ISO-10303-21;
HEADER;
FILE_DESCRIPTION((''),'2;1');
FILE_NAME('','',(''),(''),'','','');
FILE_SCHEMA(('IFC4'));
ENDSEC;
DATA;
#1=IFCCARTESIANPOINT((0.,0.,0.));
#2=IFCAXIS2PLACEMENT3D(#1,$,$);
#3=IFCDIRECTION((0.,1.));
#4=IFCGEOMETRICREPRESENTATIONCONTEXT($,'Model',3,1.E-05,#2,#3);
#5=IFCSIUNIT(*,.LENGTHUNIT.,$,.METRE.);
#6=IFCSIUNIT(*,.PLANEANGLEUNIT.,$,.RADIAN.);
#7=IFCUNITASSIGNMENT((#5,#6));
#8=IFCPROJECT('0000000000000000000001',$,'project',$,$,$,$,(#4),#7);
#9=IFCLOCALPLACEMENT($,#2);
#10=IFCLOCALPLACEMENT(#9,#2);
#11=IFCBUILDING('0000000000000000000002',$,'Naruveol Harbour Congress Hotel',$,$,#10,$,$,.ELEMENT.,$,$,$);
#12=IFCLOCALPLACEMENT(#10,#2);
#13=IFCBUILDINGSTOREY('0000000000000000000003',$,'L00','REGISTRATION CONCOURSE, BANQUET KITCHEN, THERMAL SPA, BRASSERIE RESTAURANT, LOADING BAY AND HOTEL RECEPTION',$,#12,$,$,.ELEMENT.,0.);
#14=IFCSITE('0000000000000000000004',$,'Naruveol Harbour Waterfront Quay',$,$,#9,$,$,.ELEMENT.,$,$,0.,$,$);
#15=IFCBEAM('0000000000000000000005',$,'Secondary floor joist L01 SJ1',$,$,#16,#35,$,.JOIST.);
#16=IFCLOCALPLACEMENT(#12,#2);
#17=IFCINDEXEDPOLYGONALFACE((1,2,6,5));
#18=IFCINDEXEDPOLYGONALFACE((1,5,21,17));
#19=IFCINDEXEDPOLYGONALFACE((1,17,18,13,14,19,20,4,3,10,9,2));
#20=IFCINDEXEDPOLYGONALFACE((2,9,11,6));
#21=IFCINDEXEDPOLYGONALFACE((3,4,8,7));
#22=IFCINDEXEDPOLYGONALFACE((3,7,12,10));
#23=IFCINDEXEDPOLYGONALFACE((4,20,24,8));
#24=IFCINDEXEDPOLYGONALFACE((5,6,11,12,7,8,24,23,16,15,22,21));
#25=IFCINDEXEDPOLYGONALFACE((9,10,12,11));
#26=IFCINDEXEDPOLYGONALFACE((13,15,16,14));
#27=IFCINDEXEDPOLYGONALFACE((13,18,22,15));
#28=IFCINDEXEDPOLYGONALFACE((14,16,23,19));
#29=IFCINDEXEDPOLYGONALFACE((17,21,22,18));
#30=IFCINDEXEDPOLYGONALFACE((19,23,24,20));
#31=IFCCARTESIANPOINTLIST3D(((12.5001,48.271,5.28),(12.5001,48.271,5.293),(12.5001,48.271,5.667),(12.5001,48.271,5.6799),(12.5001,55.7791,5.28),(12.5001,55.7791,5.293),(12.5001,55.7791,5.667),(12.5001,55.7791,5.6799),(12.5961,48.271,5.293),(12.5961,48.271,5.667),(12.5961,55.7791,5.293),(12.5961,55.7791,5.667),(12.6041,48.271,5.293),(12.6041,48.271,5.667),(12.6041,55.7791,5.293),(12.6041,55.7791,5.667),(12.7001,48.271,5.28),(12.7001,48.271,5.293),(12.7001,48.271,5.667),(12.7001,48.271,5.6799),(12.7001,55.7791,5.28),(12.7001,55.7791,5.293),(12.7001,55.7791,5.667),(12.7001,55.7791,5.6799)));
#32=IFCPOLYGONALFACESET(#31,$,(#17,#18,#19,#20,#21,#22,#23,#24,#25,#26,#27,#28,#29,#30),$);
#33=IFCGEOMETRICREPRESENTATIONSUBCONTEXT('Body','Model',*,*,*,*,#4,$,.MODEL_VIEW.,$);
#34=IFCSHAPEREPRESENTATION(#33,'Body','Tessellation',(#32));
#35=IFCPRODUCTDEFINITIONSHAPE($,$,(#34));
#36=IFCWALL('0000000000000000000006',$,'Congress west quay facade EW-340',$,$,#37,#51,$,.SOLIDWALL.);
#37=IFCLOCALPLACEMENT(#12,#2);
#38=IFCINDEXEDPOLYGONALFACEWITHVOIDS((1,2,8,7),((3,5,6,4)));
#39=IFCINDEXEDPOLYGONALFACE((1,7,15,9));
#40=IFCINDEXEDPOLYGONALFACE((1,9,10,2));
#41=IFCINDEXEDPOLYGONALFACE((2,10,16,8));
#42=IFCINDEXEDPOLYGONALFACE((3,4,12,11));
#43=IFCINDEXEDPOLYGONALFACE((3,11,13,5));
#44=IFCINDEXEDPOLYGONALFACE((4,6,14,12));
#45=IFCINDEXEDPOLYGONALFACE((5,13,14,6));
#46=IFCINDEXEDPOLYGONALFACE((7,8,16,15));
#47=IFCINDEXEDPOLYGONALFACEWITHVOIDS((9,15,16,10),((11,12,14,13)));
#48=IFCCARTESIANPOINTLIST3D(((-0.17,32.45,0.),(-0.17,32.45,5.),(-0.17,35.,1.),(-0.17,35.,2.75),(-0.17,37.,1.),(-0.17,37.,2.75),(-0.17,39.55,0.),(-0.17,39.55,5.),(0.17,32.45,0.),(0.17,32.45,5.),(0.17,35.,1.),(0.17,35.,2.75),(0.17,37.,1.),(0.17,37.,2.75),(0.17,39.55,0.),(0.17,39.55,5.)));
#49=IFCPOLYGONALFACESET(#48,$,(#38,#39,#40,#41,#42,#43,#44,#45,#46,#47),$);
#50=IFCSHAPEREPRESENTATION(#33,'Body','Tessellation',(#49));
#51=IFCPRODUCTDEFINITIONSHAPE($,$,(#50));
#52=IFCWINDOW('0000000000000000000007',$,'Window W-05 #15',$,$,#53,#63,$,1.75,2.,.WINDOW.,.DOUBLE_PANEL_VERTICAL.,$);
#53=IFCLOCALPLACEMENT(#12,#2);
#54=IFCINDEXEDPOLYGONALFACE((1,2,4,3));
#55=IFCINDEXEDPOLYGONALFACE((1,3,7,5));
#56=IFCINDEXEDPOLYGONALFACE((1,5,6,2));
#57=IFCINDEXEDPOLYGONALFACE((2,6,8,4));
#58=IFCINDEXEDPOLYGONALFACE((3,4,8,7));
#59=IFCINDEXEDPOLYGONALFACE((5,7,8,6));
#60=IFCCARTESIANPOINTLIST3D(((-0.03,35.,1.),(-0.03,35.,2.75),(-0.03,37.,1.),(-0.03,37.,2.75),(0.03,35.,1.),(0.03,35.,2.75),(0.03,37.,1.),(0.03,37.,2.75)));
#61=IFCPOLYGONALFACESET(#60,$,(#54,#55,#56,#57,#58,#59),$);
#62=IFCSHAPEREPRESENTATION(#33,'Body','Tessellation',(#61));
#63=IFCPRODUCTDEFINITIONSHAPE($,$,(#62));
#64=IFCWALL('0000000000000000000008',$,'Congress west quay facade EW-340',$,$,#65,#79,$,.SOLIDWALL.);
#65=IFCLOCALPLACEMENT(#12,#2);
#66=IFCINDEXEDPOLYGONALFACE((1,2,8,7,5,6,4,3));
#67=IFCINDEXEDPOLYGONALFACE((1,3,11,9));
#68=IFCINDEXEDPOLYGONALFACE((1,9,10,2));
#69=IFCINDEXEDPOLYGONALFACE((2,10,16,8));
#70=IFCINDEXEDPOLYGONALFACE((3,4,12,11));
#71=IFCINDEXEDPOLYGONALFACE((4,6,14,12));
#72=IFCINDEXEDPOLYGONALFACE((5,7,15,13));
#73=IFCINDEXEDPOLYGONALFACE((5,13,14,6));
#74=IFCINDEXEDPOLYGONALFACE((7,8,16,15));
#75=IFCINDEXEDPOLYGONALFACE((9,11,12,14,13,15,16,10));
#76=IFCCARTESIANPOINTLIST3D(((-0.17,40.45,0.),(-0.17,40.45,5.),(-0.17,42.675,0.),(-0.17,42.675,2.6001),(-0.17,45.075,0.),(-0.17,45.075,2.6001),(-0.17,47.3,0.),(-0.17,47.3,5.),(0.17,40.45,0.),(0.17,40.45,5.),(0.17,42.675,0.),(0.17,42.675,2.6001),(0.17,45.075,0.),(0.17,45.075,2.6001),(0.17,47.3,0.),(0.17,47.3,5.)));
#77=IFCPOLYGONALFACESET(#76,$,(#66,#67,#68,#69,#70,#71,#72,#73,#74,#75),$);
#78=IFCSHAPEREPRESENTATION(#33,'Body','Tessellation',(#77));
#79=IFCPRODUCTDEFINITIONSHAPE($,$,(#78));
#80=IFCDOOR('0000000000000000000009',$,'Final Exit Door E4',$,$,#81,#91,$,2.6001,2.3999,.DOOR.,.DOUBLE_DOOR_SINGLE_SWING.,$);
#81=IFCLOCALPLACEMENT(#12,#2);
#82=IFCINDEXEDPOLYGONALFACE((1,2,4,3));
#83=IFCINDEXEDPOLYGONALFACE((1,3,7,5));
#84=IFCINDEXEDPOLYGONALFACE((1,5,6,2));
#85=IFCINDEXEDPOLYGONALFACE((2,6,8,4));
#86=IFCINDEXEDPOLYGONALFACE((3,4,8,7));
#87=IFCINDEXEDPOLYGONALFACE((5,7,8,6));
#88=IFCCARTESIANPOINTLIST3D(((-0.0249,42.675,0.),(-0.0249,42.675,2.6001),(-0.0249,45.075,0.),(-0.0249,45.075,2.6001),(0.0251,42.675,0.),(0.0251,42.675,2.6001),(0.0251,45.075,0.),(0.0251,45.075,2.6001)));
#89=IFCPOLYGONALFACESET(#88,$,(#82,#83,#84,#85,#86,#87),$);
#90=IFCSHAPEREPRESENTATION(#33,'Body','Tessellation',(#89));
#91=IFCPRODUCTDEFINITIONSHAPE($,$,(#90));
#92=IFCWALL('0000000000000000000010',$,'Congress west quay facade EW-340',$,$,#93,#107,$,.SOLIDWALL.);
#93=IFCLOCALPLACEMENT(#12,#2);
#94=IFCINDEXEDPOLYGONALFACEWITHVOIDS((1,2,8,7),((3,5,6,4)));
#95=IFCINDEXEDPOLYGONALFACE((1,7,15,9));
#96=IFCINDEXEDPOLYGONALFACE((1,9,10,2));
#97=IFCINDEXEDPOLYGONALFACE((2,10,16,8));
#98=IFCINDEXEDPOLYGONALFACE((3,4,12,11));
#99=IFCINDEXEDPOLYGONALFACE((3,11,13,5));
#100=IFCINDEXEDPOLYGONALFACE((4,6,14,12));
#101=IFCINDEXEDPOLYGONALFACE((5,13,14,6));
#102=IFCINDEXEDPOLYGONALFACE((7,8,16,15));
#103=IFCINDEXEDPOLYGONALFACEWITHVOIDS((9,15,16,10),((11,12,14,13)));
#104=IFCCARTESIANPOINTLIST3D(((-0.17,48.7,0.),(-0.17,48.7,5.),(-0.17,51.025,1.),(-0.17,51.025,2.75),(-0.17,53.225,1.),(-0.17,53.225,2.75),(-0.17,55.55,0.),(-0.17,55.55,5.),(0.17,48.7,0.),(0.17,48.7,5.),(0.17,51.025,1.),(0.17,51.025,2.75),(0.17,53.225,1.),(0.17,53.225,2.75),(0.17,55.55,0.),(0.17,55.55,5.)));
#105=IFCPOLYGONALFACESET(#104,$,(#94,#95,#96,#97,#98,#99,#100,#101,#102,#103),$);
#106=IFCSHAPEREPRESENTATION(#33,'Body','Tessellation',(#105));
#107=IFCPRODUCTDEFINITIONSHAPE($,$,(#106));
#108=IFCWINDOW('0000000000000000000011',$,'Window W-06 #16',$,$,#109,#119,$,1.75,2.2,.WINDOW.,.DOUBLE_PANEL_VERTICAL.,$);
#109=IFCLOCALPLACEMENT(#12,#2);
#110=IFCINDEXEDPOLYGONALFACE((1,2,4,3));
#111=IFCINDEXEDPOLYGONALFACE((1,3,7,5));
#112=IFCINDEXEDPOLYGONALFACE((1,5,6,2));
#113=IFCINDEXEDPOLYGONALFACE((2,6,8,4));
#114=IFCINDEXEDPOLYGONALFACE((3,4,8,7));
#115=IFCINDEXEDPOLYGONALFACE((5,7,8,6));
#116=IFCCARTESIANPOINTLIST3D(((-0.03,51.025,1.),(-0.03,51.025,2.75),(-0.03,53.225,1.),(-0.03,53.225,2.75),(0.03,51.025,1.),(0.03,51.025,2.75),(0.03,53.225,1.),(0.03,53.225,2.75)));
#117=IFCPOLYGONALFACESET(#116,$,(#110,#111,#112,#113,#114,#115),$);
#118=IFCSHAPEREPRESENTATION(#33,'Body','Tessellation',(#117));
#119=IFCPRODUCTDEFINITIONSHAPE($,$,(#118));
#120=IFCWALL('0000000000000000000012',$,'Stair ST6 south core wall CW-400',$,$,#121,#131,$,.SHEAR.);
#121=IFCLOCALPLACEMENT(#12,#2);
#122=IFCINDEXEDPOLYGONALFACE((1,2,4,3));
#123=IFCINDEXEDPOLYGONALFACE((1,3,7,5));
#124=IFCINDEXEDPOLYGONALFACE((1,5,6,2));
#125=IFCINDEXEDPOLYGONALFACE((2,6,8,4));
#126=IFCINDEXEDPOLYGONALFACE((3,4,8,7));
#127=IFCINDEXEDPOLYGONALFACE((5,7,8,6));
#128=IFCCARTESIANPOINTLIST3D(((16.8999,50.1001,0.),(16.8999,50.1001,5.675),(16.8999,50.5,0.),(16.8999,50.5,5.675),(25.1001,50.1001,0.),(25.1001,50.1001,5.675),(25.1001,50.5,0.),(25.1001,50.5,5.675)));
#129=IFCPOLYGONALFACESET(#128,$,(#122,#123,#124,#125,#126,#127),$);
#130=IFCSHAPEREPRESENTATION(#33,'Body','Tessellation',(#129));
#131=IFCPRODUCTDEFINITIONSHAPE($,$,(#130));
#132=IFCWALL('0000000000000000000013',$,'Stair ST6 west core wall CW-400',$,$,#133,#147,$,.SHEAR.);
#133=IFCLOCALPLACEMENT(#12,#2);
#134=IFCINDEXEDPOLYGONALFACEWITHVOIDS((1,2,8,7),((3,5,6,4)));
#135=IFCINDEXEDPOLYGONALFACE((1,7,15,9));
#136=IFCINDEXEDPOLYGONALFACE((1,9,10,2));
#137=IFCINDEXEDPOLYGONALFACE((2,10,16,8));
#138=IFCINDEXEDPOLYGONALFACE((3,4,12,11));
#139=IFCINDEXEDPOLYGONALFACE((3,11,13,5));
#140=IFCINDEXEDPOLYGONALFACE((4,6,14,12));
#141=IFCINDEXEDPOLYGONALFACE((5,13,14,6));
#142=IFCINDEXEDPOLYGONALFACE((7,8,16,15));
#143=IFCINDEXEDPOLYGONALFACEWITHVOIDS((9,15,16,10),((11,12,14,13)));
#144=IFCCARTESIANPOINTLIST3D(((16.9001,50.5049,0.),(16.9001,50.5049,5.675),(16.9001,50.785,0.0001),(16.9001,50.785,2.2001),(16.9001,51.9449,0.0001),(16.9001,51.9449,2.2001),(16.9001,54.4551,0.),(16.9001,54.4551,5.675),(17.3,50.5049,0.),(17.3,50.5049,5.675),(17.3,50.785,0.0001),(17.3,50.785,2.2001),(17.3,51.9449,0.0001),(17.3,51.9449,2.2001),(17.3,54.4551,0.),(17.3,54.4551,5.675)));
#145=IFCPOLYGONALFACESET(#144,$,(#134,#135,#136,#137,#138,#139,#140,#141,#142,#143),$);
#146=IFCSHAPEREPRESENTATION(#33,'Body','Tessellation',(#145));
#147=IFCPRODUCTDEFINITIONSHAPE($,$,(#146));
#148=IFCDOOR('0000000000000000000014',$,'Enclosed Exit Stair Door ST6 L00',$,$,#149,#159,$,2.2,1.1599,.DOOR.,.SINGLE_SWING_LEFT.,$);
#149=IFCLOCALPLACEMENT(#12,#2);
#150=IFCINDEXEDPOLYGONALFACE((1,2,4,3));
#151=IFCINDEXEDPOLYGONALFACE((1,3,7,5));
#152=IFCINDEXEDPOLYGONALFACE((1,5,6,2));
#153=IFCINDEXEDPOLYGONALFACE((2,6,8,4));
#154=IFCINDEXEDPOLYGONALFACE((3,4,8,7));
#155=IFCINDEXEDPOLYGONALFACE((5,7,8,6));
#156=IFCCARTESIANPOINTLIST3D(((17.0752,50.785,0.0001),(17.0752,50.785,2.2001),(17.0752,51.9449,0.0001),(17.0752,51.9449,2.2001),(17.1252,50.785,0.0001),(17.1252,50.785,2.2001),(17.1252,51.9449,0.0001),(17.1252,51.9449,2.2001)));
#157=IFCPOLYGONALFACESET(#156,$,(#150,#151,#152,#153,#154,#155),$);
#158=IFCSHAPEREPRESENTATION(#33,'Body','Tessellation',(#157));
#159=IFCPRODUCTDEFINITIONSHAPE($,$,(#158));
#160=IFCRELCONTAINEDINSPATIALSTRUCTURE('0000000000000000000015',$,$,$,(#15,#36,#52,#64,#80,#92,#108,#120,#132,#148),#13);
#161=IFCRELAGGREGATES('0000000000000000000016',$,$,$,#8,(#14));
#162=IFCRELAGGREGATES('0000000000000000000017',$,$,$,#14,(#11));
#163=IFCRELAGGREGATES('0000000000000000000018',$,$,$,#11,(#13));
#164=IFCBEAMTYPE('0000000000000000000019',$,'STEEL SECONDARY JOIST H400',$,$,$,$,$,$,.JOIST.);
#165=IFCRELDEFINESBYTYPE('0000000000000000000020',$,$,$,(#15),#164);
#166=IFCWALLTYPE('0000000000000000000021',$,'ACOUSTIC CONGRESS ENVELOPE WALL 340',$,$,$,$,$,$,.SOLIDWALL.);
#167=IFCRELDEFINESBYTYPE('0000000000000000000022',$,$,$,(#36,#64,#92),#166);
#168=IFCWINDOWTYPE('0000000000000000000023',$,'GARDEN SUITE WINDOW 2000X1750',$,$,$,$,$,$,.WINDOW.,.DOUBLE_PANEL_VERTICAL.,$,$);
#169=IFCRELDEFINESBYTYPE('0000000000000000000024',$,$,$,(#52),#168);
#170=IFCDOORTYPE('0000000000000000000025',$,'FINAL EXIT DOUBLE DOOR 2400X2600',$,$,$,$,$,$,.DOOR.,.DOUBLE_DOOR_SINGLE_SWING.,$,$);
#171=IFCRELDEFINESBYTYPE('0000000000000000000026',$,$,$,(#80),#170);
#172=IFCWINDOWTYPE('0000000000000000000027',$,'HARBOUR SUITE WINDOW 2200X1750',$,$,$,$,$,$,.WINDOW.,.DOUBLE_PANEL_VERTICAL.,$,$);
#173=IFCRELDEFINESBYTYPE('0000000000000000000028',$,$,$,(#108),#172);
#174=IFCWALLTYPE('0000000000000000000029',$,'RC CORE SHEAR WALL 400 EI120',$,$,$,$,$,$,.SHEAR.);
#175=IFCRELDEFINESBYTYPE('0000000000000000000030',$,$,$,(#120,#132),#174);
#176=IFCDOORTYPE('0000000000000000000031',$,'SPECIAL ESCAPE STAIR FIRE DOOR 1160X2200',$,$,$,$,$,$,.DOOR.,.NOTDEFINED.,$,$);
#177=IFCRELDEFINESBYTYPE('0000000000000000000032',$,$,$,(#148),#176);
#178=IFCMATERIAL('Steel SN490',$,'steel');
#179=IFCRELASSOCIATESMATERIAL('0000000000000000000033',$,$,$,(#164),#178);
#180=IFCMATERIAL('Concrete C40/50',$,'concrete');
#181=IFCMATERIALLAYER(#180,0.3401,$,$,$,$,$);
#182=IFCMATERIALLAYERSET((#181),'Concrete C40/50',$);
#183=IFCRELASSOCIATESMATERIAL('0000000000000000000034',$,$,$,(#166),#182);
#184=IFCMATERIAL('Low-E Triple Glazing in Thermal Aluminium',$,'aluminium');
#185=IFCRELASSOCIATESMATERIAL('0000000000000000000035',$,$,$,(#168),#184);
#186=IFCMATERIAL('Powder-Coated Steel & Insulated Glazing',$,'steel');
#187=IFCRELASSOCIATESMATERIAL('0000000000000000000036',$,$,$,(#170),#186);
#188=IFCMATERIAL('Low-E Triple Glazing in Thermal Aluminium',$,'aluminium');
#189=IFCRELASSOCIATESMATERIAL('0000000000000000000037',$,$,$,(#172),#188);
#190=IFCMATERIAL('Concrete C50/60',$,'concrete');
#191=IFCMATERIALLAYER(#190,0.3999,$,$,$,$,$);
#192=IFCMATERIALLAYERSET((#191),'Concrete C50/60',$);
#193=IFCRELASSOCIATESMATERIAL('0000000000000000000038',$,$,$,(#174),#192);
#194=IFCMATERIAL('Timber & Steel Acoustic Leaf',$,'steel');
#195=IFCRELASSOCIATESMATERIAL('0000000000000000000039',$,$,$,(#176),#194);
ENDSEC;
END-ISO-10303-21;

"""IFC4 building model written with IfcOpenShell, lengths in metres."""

from ifc_helpers import new_model, si_unit, direction, frame, frame_2d, origin, origin_2d, place, context, subcontext, project, spatial, rectangle, i_section, extrude, material, layer, layer_set, material_profile, profile_set, type_object, element, fill, save


model = new_model("IFC4")

# Units and contexts
model_context = context("Model", 3, precision=1e-05, world=origin(), true_north=direction((0.0, 1.0)))
body_context = subcontext(model_context, "Body", "Model", "MODEL_VIEW")
ifc_project = project(units=[si_unit("LENGTHUNIT", "METRE"), si_unit("PLANEANGLEUNIT", "RADIAN")], contexts=[model_context])

# Site, building, storey
site_placement = place(None, origin())
site = spatial("IfcSite", under=ifc_project, at=site_placement, Name="Naruveol Harbour Waterfront Quay", CompositionType="ELEMENT", RefElevation=0.0)
building_placement = place(site_placement, origin())
building = spatial("IfcBuilding", under=site, at=building_placement, Name="Naruveol Harbour Congress Hotel", CompositionType="ELEMENT")
storey_placement = place(building_placement, origin())
storey = spatial("IfcBuildingStorey", under=building, at=storey_placement, Name="L00", Description="REGISTRATION CONCOURSE, BANQUET KITCHEN, THERMAL SPA, BRASSERIE RESTAURANT, LOADING BAY AND HOTEL RECEPTION", CompositionType="ELEMENT", Elevation=0.0)

# Beam
ifc_material_1 = material(Name="Steel SN490", Category="steel")
ifc_material_profile_1 = material_profile(ifc_material_1, i_section(OverallWidth=0.2, OverallDepth=0.3999, WebThickness=0.0081, FlangeThickness=0.0129, at=origin_2d()), Name="H-400x200x8x13")
ifc_profile_set_1 = profile_set([ifc_material_profile_1], Name="Steel SN490")
beam_type_1 = type_object("IfcBeamType", Name="STEEL SECONDARY JOIST H400", PredefinedType="JOIST", material=ifc_profile_set_1)
for number, where, z_axis, x_axis, name in (
    (1, (12.6001, 48.271, 5.48), (0.0, 1.0, 0.0), (-1.0, 0.0, 0.0), "Secondary floor joist L01 SJ1"),
):
    element("IfcBeam", number, at=place(storey_placement, frame(where, z_axis=z_axis, x_axis=x_axis)), inside=storey, type_object=beam_type_1, Name=name, PredefinedType="JOIST", context=body_context, shape_type="SweptSolid", body=[
        extrude(i_section(OverallWidth=0.2, OverallDepth=0.3999, WebThickness=0.0081, FlangeThickness=0.0129, at=origin_2d()), origin(), (0.0, 0.0, 1.0), 7.5081),
    ])

# Wall, opening, window
ifc_material_2 = material(Name="Concrete C40/50", Category="concrete")
ifc_layer_1 = layer(ifc_material_2, 0.3401)
ifc_layer_set_1 = layer_set([ifc_layer_1], Name="Concrete C40/50")
wall_type_1 = type_object("IfcWallType", Name="ACOUSTIC CONGRESS ENVELOPE WALL 340", PredefinedType="SOLIDWALL", material=ifc_layer_set_1)
wall_1_placement = place(storey_placement, frame((0.0, 32.45, 0.0), z_axis=(0.0, 0.0, 1.0), x_axis=(0.0, 1.0, 0.0)))
wall_1 = element("IfcWall", 2, at=wall_1_placement, inside=storey, type_object=wall_type_1, Name="Congress west quay facade EW-340", PredefinedType="SOLIDWALL", context=body_context, shape_type="SweptSolid", body=[
    extrude(rectangle(XDim=7.1001, YDim=0.3401, at=frame_2d((3.55, 0.0))), origin(), (0.0, 0.0, 1.0), 5.0),
])
opening_1_placement = place(wall_1_placement, frame((2.55, 0.0, 1.0)))
opening_1 = element("IfcOpeningElement", 3, at=opening_1_placement, cuts=wall_1, PredefinedType="OPENING", context=body_context, shape_type="SweptSolid", body=[
    extrude(rectangle(XDim=2.0, YDim=1.75, at=frame_2d((1.0, 0.875))), frame((0.0, 0.1799, 0.0), z_axis=(0.0, -1.0, 0.0), x_axis=(1.0, 0.0, 0.0)), (0.0, 0.0, 1.0), 0.3601),
])
ifc_material_3 = material(Name="Low-E Triple Glazing in Thermal Aluminium", Category="aluminium")
window_type_1 = type_object("IfcWindowType", Name="GARDEN SUITE WINDOW 2000X1750", PartitioningType="DOUBLE_PANEL_VERTICAL", PredefinedType="WINDOW", material=ifc_material_3)
window_1_placement = place(opening_1_placement, origin())
window_1 = element("IfcWindow", 4, at=window_1_placement, inside=storey, type_object=window_type_1, Name="Window W-05 #15", OverallHeight=1.75, OverallWidth=2.0, PartitioningType="DOUBLE_PANEL_VERTICAL", PredefinedType="WINDOW", context=body_context, shape_type="SweptSolid", body=[
    extrude(rectangle(XDim=2.0, YDim=1.75, at=frame_2d((1.0, 0.875))), frame((0.0, 0.03, 0.0), z_axis=(0.0, -1.0, 0.0), x_axis=(1.0, 0.0, 0.0)), (0.0, 0.0, 1.0), 0.0601),
])
fill(opening_1, window_1)

# Wall, opening, door
wall_2_placement = place(storey_placement, frame((0.0, 40.45, 0.0), z_axis=(0.0, 0.0, 1.0), x_axis=(0.0, 1.0, 0.0)))
wall_2 = element("IfcWall", 5, at=wall_2_placement, inside=storey, type_object=wall_type_1, Name="Congress west quay facade EW-340", PredefinedType="SOLIDWALL", context=body_context, shape_type="SweptSolid", body=[
    extrude(rectangle(XDim=6.8501, YDim=0.3401, at=frame_2d((3.425, 0.0))), origin(), (0.0, 0.0, 1.0), 5.0),
])
opening_2_placement = place(wall_2_placement, frame((2.2251, 0.0, 0.0)))
opening_2 = element("IfcOpeningElement", 6, at=opening_2_placement, cuts=wall_2, PredefinedType="OPENING", context=body_context, shape_type="SweptSolid", body=[
    extrude(rectangle(XDim=2.3999, YDim=2.6001, at=frame_2d((1.2, 1.3))), frame((0.0, 0.1799, 0.0), z_axis=(0.0, -1.0, 0.0), x_axis=(1.0, 0.0, 0.0)), (0.0, 0.0, 1.0), 0.3601),
])
ifc_material_4 = material(Name="Powder-Coated Steel & Insulated Glazing", Category="steel")
door_type_1 = type_object("IfcDoorType", Name="FINAL EXIT DOUBLE DOOR 2400X2600", OperationType="DOUBLE_DOOR_SINGLE_SWING", PredefinedType="DOOR", material=ifc_material_4)
door_1_placement = place(opening_2_placement, origin())
door_1 = element("IfcDoor", 7, at=door_1_placement, inside=storey, type_object=door_type_1, Name="Final Exit Door E4", OperationType="DOUBLE_DOOR_SINGLE_SWING", OverallHeight=2.6001, OverallWidth=2.3999, PredefinedType="DOOR", context=body_context, shape_type="SweptSolid", body=[
    extrude(rectangle(XDim=2.3999, YDim=2.6001, at=frame_2d((1.2, 1.3))), frame((0.0, 0.0249, 0.0), z_axis=(0.0, -1.0, 0.0), x_axis=(1.0, 0.0, 0.0)), (0.0, 0.0, 1.0), 0.05),
])
fill(opening_2, door_1)

# Wall, opening, window
wall_3_placement = place(storey_placement, frame((0.0, 48.7, 0.0), z_axis=(0.0, 0.0, 1.0), x_axis=(0.0, 1.0, 0.0)))
wall_3 = element("IfcWall", 8, at=wall_3_placement, inside=storey, type_object=wall_type_1, Name="Congress west quay facade EW-340", PredefinedType="SOLIDWALL", context=body_context, shape_type="SweptSolid", body=[
    extrude(rectangle(XDim=6.8501, YDim=0.3401, at=frame_2d((3.425, 0.0))), origin(), (0.0, 0.0, 1.0), 5.0),
])
opening_3_placement = place(wall_3_placement, frame((2.325, 0.0, 1.0)))
opening_3 = element("IfcOpeningElement", 9, at=opening_3_placement, cuts=wall_3, PredefinedType="OPENING", context=body_context, shape_type="SweptSolid", body=[
    extrude(rectangle(XDim=2.2, YDim=1.75, at=frame_2d((1.1001, 0.875))), frame((0.0, 0.1799, 0.0), z_axis=(0.0, -1.0, 0.0), x_axis=(1.0, 0.0, 0.0)), (0.0, 0.0, 1.0), 0.3601),
])
ifc_material_5 = material(Name="Low-E Triple Glazing in Thermal Aluminium", Category="aluminium")
window_type_2 = type_object("IfcWindowType", Name="HARBOUR SUITE WINDOW 2200X1750", PartitioningType="DOUBLE_PANEL_VERTICAL", PredefinedType="WINDOW", material=ifc_material_5)
window_2_placement = place(opening_3_placement, origin())
window_2 = element("IfcWindow", 10, at=window_2_placement, inside=storey, type_object=window_type_2, Name="Window W-06 #16", OverallHeight=1.75, OverallWidth=2.2, PartitioningType="DOUBLE_PANEL_VERTICAL", PredefinedType="WINDOW", context=body_context, shape_type="SweptSolid", body=[
    extrude(rectangle(XDim=2.2, YDim=1.75, at=frame_2d((1.1001, 0.875))), frame((0.0, 0.03, 0.0), z_axis=(0.0, -1.0, 0.0), x_axis=(1.0, 0.0, 0.0)), (0.0, 0.0, 1.0), 0.0601),
])
fill(opening_3, window_2)

# Wall
ifc_material_6 = material(Name="Concrete C50/60", Category="concrete")
ifc_layer_2 = layer(ifc_material_6, 0.3999)
ifc_layer_set_2 = layer_set([ifc_layer_2], Name="Concrete C50/60")
wall_type_2 = type_object("IfcWallType", Name="RC CORE SHEAR WALL 400 EI120", PredefinedType="SHEAR", material=ifc_layer_set_2)
wall_4_placement = place(storey_placement, frame((16.8999, 50.3, 0.0), z_axis=(0.0, 0.0, 1.0), x_axis=(1.0, 0.0, 0.0)))
element("IfcWall", 11, at=wall_4_placement, inside=storey, type_object=wall_type_2, Name="Stair ST6 south core wall CW-400", PredefinedType="SHEAR", context=body_context, shape_type="SweptSolid", body=[
    extrude(rectangle(XDim=8.2002, YDim=0.3999, at=frame_2d((4.1001, 0.0))), origin(), (0.0, 0.0, 1.0), 5.675),
])

# Wall, opening, door
wall_5_placement = place(storey_placement, frame((17.1001, 50.5049, 0.0), z_axis=(0.0, 0.0, 1.0), x_axis=(0.0, 1.0, 0.0)))
wall_5 = element("IfcWall", 12, at=wall_5_placement, inside=storey, type_object=wall_type_2, Name="Stair ST6 west core wall CW-400", PredefinedType="SHEAR", context=body_context, shape_type="SweptSolid", body=[
    extrude(rectangle(XDim=3.9502, YDim=0.3999, at=frame_2d((1.9751, 0.0))), origin(), (0.0, 0.0, 1.0), 5.675),
])
opening_4_placement = place(wall_5_placement, frame((0.28, 0.0, 0.0)))
opening_4 = element("IfcOpeningElement", 13, at=opening_4_placement, cuts=wall_5, PredefinedType="OPENING", context=body_context, shape_type="SweptSolid", body=[
    extrude(rectangle(XDim=1.1599, YDim=2.2, at=frame_2d((0.5801, 1.1001))), frame((0.0, 0.21, 0.0), z_axis=(0.0, -1.0, 0.0), x_axis=(1.0, 0.0, 0.0)), (0.0, 0.0, 1.0), 0.4199),
])
ifc_material_7 = material(Name="Timber & Steel Acoustic Leaf", Category="steel")
door_type_2 = type_object("IfcDoorType", Name="SPECIAL ESCAPE STAIR FIRE DOOR 1160X2200", OperationType="NOTDEFINED", PredefinedType="DOOR", material=ifc_material_7)
door_2_placement = place(opening_4_placement, origin())
door_2 = element("IfcDoor", 14, at=door_2_placement, inside=storey, type_object=door_type_2, Name="Enclosed Exit Stair Door ST6 L00", OperationType="SINGLE_SWING_LEFT", OverallHeight=2.2, OverallWidth=1.1599, PredefinedType="DOOR", context=body_context, shape_type="SweptSolid", body=[
    extrude(rectangle(XDim=1.1599, YDim=2.2, at=frame_2d((0.5801, 1.1001))), frame((0.0, 0.0249, 0.0), z_axis=(0.0, -1.0, 0.0), x_axis=(1.0, 0.0, 0.0)), (0.0, 0.0, 1.0), 0.05),
])
fill(opening_4, door_2)

save(model, "model.ifc")
